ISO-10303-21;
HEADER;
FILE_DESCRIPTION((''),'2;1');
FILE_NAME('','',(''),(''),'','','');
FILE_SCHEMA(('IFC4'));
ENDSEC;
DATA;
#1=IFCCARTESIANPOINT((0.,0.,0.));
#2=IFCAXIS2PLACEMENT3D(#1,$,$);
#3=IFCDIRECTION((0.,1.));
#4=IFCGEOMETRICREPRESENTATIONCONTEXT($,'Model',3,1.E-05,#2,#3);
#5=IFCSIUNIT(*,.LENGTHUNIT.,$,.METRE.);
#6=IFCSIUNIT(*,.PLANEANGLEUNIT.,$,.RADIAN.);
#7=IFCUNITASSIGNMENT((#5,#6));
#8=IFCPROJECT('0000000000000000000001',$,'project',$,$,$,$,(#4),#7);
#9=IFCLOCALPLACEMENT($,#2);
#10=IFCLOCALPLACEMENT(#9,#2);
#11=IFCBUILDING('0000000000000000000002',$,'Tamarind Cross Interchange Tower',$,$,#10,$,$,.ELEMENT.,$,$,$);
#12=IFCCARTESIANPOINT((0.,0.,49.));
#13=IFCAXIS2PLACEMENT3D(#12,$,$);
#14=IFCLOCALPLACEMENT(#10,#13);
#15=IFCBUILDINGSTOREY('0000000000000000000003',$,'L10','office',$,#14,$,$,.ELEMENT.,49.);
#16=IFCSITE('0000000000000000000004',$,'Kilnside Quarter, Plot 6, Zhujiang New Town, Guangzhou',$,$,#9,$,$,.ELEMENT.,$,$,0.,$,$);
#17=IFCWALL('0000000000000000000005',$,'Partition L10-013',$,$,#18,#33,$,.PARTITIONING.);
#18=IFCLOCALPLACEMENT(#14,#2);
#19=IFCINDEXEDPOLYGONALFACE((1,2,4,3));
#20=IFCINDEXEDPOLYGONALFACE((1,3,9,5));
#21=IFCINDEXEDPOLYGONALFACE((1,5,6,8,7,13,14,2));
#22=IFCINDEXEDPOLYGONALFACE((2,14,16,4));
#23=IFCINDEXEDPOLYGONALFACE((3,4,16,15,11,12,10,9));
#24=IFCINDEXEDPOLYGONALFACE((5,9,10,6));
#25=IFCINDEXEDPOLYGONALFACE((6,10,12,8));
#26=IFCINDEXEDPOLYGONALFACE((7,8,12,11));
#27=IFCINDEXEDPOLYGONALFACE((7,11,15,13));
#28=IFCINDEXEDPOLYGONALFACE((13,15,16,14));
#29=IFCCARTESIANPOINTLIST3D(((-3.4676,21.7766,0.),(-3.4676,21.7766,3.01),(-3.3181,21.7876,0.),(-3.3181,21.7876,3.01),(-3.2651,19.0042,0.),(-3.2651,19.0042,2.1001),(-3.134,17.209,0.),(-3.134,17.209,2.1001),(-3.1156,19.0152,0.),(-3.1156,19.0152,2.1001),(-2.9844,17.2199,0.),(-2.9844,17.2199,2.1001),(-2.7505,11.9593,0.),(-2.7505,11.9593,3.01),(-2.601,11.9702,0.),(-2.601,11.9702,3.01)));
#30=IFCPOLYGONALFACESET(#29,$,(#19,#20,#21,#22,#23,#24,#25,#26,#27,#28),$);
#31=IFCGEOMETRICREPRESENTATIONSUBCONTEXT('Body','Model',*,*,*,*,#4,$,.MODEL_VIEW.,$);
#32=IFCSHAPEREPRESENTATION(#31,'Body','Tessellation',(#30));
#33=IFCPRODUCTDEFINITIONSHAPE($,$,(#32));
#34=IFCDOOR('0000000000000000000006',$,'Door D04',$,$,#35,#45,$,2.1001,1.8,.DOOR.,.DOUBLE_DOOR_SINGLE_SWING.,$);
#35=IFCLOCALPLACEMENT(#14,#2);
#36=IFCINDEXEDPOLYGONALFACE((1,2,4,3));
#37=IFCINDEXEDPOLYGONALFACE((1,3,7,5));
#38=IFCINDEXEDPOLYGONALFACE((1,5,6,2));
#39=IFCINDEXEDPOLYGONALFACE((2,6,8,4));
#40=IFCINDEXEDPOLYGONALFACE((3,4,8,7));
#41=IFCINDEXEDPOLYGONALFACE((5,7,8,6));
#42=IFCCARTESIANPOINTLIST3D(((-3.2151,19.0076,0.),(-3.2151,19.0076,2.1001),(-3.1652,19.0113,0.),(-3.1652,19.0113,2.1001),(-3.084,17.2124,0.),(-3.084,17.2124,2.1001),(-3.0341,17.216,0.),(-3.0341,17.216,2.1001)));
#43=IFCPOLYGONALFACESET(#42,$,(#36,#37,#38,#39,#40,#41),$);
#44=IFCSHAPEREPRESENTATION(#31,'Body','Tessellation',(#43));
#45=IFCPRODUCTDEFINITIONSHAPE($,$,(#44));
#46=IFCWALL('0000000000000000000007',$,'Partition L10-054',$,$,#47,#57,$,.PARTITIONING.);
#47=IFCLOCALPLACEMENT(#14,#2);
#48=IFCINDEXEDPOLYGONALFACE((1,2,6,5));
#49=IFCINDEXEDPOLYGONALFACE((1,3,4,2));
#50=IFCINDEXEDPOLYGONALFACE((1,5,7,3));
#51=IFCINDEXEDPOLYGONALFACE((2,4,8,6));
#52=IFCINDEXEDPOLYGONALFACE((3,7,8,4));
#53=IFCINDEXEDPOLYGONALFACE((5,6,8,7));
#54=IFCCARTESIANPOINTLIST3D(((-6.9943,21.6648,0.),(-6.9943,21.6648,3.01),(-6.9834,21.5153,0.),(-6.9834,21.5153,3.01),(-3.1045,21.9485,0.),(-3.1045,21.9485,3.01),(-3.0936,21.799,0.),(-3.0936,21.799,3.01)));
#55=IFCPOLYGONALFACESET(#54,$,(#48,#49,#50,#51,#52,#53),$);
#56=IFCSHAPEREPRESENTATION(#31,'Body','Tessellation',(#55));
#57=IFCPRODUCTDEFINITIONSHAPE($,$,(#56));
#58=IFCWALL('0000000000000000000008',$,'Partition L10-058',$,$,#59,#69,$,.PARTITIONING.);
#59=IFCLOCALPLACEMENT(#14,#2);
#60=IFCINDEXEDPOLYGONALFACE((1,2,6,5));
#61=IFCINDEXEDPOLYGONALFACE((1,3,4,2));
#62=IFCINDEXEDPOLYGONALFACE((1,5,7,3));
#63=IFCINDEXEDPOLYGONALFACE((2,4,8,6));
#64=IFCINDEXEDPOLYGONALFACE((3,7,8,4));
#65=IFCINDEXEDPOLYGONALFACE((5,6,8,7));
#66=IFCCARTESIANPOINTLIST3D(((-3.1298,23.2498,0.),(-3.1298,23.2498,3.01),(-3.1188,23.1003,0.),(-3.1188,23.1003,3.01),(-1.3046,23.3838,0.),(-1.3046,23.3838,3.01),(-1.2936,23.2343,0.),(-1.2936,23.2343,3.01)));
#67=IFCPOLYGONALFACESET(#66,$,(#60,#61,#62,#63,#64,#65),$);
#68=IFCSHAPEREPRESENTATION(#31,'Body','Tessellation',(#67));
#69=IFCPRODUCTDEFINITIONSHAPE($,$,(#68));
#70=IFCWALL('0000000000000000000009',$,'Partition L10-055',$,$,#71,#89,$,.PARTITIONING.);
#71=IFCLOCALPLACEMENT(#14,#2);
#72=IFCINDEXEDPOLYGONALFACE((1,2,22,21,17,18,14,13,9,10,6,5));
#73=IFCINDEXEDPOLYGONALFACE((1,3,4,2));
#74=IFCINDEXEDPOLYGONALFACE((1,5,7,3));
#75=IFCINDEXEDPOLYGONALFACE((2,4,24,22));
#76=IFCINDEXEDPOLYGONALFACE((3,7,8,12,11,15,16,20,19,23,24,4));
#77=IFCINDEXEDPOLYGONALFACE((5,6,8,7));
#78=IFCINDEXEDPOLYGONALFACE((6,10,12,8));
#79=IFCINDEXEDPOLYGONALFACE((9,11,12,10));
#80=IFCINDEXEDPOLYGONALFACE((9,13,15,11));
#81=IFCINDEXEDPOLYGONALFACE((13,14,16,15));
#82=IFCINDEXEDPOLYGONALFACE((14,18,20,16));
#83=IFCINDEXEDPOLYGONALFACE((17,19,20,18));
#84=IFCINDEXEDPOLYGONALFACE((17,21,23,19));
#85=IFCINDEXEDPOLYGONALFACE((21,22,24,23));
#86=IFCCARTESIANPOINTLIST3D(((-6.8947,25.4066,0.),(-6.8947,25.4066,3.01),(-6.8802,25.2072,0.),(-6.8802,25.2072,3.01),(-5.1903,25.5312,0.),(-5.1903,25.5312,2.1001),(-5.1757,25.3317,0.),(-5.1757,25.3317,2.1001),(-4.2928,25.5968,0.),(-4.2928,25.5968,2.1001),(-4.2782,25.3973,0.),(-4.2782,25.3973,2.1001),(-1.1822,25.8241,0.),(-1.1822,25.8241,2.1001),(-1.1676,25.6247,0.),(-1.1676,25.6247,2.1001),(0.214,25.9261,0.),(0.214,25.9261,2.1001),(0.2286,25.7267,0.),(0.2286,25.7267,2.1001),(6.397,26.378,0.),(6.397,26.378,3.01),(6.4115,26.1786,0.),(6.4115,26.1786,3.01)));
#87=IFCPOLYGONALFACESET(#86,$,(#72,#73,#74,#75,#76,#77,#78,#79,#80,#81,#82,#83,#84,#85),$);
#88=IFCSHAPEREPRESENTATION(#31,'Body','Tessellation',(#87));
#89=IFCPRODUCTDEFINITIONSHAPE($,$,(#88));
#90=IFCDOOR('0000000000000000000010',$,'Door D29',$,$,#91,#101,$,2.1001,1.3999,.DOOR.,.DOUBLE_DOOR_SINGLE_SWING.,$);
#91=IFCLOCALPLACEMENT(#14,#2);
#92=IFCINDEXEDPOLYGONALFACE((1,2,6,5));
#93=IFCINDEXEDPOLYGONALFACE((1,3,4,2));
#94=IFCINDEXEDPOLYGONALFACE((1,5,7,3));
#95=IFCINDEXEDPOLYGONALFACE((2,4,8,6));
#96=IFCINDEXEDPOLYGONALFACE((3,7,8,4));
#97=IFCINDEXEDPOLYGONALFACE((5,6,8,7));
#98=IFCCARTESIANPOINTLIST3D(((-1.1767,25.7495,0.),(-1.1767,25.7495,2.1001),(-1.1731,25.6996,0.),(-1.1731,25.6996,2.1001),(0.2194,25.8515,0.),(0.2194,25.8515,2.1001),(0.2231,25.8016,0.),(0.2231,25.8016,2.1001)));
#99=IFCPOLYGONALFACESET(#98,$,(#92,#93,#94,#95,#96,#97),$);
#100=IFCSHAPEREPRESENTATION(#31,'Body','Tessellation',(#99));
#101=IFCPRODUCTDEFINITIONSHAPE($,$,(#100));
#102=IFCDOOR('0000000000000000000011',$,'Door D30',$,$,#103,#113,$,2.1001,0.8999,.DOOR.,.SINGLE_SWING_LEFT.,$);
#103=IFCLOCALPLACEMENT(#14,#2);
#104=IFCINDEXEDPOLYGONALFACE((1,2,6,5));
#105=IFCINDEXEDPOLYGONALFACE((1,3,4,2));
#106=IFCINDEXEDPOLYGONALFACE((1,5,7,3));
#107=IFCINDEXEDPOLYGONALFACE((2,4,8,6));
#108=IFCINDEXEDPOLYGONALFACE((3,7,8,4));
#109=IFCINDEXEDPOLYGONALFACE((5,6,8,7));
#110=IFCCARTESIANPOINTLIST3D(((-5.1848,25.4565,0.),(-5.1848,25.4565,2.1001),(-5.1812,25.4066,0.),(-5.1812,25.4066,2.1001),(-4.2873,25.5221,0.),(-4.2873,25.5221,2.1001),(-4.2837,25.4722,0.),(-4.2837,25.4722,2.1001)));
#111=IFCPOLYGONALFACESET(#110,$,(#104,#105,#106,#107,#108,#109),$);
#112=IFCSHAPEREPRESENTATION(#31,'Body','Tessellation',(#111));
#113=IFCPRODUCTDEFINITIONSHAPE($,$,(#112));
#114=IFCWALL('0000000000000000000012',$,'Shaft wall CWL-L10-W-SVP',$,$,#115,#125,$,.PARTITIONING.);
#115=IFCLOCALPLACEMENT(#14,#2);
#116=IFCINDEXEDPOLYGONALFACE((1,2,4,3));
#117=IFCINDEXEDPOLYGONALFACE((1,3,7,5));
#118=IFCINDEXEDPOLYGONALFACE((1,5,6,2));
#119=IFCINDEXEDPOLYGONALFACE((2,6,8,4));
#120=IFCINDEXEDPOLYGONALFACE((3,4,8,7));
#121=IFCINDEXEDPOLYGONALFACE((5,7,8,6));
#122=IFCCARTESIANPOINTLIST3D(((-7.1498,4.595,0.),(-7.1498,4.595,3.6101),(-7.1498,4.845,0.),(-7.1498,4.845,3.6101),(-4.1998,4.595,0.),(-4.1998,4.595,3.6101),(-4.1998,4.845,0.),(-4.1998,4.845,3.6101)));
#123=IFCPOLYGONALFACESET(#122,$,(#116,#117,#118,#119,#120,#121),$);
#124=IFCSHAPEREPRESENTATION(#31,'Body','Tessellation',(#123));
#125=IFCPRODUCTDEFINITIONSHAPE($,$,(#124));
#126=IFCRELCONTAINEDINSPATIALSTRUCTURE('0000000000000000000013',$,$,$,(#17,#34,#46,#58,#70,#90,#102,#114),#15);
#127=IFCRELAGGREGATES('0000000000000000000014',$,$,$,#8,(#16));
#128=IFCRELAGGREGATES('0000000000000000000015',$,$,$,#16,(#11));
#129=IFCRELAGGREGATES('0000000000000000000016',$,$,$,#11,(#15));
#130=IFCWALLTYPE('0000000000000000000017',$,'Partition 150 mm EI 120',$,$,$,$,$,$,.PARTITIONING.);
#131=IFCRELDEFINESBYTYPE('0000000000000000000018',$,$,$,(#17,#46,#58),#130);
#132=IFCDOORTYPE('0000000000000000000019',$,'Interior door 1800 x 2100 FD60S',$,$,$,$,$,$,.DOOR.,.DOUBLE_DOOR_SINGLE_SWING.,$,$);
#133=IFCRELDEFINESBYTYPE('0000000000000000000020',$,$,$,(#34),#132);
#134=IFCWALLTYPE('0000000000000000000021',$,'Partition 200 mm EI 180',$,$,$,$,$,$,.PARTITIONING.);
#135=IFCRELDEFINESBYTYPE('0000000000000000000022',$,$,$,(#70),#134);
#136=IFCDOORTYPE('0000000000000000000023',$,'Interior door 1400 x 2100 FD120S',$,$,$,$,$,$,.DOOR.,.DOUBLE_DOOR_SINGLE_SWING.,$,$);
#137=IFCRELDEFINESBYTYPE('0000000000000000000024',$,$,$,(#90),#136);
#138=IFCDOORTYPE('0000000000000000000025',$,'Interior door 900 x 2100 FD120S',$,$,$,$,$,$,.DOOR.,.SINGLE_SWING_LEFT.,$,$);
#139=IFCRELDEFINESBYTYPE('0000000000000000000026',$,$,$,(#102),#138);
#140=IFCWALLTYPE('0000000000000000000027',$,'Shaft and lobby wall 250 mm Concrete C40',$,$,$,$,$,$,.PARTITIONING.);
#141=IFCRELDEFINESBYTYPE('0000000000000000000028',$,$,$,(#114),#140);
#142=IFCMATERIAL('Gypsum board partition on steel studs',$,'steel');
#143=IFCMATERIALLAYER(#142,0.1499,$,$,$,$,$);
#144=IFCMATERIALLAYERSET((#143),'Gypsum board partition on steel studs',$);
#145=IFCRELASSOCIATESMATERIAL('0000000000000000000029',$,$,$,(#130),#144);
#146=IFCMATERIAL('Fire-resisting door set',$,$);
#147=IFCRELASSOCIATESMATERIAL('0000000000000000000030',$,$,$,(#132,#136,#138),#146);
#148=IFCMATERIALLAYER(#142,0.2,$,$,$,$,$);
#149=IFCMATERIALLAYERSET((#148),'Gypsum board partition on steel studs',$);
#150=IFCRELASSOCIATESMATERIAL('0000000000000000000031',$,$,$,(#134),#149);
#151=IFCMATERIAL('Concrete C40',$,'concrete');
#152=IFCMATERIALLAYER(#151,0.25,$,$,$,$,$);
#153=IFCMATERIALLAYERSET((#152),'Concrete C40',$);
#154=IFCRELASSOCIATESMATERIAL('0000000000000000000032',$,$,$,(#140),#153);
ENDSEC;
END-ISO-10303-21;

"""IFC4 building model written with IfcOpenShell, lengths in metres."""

from ifc_helpers import new_model, si_unit, direction, frame, frame_2d, origin, place, context, subcontext, project, spatial, rectangle, extrude, material, layer, layer_set, type_object, element, fill, save


model = new_model("IFC4")

# Units and contexts
model_context = context("Model", 3, precision=1e-05, world=origin(), true_north=direction((0.0, 1.0)))
body_context = subcontext(model_context, "Body", "Model", "MODEL_VIEW")
ifc_project = project(units=[si_unit("LENGTHUNIT", "METRE"), si_unit("PLANEANGLEUNIT", "RADIAN")], contexts=[model_context])

# Site, building, storey
site_placement = place(None, origin())
site = spatial("IfcSite", under=ifc_project, at=site_placement, Name="Kilnside Quarter, Plot 6, Zhujiang New Town, Guangzhou", CompositionType="ELEMENT", RefElevation=0.0)
building_placement = place(site_placement, origin())
building = spatial("IfcBuilding", under=site, at=building_placement, Name="Tamarind Cross Interchange Tower", CompositionType="ELEMENT")
storey_placement = place(building_placement, frame((0.0, 0.0, 49.0)))
storey = spatial("IfcBuildingStorey", under=building, at=storey_placement, Name="L10", Description="office", CompositionType="ELEMENT", Elevation=49.0)

# Shared definitions
ifc_material_1 = material(Name="Gypsum board partition on steel studs", Category="steel")

# Wall, opening, door
ifc_layer_1 = layer(ifc_material_1, 0.1499)
ifc_layer_set_1 = layer_set([ifc_layer_1], Name="Gypsum board partition on steel studs")
wall_type_1 = type_object("IfcWallType", Name="Partition 150 mm EI 120", PredefinedType="PARTITIONING", material=ifc_layer_set_1)
wall_1_placement = place(storey_placement, frame((-3.3928, 21.7822, 0.0), z_axis=(0.0, 0.0, 1.0), x_axis=(0.072844, -0.997343, 0.0)))
wall_1 = element("IfcWall", 1, at=wall_1_placement, inside=storey, type_object=wall_type_1, Name="Partition L10-013", PredefinedType="PARTITIONING", context=body_context, shape_type="SweptSolid", body=[
    extrude(rectangle(XDim=9.8435, YDim=0.1499, at=frame_2d((4.9219, 0.0))), origin(), (0.0, 0.0, 1.0), 3.01),
])
opening_1_placement = place(wall_1_placement, frame((2.78, 0.0, 0.0)))
opening_1 = element("IfcOpeningElement", 2, at=opening_1_placement, cuts=wall_1, PredefinedType="OPENING", context=body_context, shape_type="SweptSolid", body=[
    extrude(rectangle(XDim=1.8, YDim=2.1001, at=frame_2d((0.8999, 1.05))), frame((0.0, 0.085, 0.0), z_axis=(0.0, -1.0, 0.0), x_axis=(1.0, 0.0, 0.0)), (0.0, 0.0, 1.0), 0.1699),
])
ifc_material_2 = material(Name="Fire-resisting door set")
door_type_1 = type_object("IfcDoorType", Name="Interior door 1800 x 2100 FD60S", OperationType="DOUBLE_DOOR_SINGLE_SWING", PredefinedType="DOOR", material=ifc_material_2)
door_1_placement = place(opening_1_placement, frame((1.8, 0.0, 0.0), z_axis=(0.0, 0.0, 1.0), x_axis=(-1.0, 0.0, 0.0)))
door_1 = element("IfcDoor", 3, at=door_1_placement, inside=storey, type_object=door_type_1, Name="Door D04", OperationType="DOUBLE_DOOR_SINGLE_SWING", OverallHeight=2.1001, OverallWidth=1.8, PredefinedType="DOOR", context=body_context, shape_type="SweptSolid", body=[
    extrude(rectangle(XDim=1.8, YDim=2.1001, at=frame_2d((0.8999, 1.05))), frame((0.0, 0.0249, 0.0), z_axis=(0.0, -1.0, 0.0), x_axis=(1.0, 0.0, 0.0)), (0.0, 0.0, 1.0), 0.05),
])
fill(opening_1, door_1)

# Walls
wall_2_placement = place(storey_placement, frame((-6.989, 21.5901, 0.0), z_axis=(0.0, 0.0, 1.0), x_axis=(0.997351, 0.072737, 0.0)))
element("IfcWall", 4, at=wall_2_placement, inside=storey, type_object=wall_type_1, Name="Partition L10-054", PredefinedType="PARTITIONING", context=body_context, shape_type="SweptSolid", body=[
    extrude(rectangle(XDim=3.9001, YDim=0.1499, at=frame_2d((1.9502, 0.0))), origin(), (0.0, 0.0, 1.0), 3.01),
])
wall_3_placement = place(storey_placement, frame((-3.1243, 23.175, 0.0), z_axis=(0.0, 0.0, 1.0), x_axis=(0.997315, 0.073238, 0.0)))
element("IfcWall", 5, at=wall_3_placement, inside=storey, type_object=wall_type_1, Name="Partition L10-058", PredefinedType="PARTITIONING", context=body_context, shape_type="SweptSolid", body=[
    extrude(rectangle(XDim=1.8301, YDim=0.1499, at=frame_2d((0.915, 0.0))), origin(), (0.0, 0.0, 1.0), 3.01),
])

# Wall, openings, doors
ifc_layer_2 = layer(ifc_material_1, 0.2)
ifc_layer_set_2 = layer_set([ifc_layer_2], Name="Gypsum board partition on steel studs")
wall_type_2 = type_object("IfcWallType", Name="Partition 200 mm EI 180", PredefinedType="PARTITIONING", material=ifc_layer_set_2)
wall_4_placement = place(storey_placement, frame((-6.8875, 25.3069, 0.0), z_axis=(0.0, 0.0, 1.0), x_axis=(0.99734, 0.072891, 0.0)))
wall_4 = element("IfcWall", 6, at=wall_4_placement, inside=storey, type_object=wall_type_2, Name="Partition L10-055", PredefinedType="PARTITIONING", context=body_context, shape_type="SweptSolid", body=[
    extrude(rectangle(XDim=13.3271, YDim=0.2, at=frame_2d((6.6636, 0.0))), origin(), (0.0, 0.0, 1.0), 3.01),
])
opening_2_placement = place(wall_4_placement, frame((5.7278, 0.0, 0.0)))
opening_2 = element("IfcOpeningElement", 7, at=opening_2_placement, cuts=wall_4, PredefinedType="OPENING", context=body_context, shape_type="SweptSolid", body=[
    extrude(rectangle(XDim=1.3999, YDim=2.1001, at=frame_2d((0.7, 1.05))), frame((0.0, 0.1099, 0.0), z_axis=(0.0, -1.0, 0.0), x_axis=(1.0, 0.0, 0.0)), (0.0, 0.0, 1.0), 0.22),
])
opening_3_placement = place(wall_4_placement, frame((1.709, 0.0, 0.0)))
opening_3 = element("IfcOpeningElement", 8, at=opening_3_placement, cuts=wall_4, PredefinedType="OPENING", context=body_context, shape_type="SweptSolid", body=[
    extrude(rectangle(XDim=0.8999, YDim=2.1001, at=frame_2d((0.45, 1.05))), frame((0.0, 0.1099, 0.0), z_axis=(0.0, -1.0, 0.0), x_axis=(1.0, 0.0, 0.0)), (0.0, 0.0, 1.0), 0.22),
])
door_type_2 = type_object("IfcDoorType", Name="Interior door 1400 x 2100 FD120S", OperationType="DOUBLE_DOOR_SINGLE_SWING", PredefinedType="DOOR", material=ifc_material_2)
door_2_placement = place(opening_2_placement, frame((1.3999, 0.0, 0.0), z_axis=(0.0, 0.0, 1.0), x_axis=(-1.0, 0.0, 0.0)))
door_2 = element("IfcDoor", 9, at=door_2_placement, inside=storey, type_object=door_type_2, Name="Door D29", OperationType="DOUBLE_DOOR_SINGLE_SWING", OverallHeight=2.1001, OverallWidth=1.3999, PredefinedType="DOOR", context=body_context, shape_type="SweptSolid", body=[
    extrude(rectangle(XDim=1.3999, YDim=2.1001, at=frame_2d((0.7, 1.05))), frame((0.0, 0.0249, 0.0), z_axis=(0.0, -1.0, 0.0), x_axis=(1.0, 0.0, 0.0)), (0.0, 0.0, 1.0), 0.05),
])
fill(opening_2, door_2)
door_type_3 = type_object("IfcDoorType", Name="Interior door 900 x 2100 FD120S", OperationType="SINGLE_SWING_LEFT", PredefinedType="DOOR", material=ifc_material_2)
door_3_placement = place(opening_3_placement, frame((0.8999, 0.0, 0.0), z_axis=(0.0, 0.0, 1.0), x_axis=(-1.0, 0.0, 0.0)))
door_3 = element("IfcDoor", 10, at=door_3_placement, inside=storey, type_object=door_type_3, Name="Door D30", OperationType="SINGLE_SWING_LEFT", OverallHeight=2.1001, OverallWidth=0.8999, PredefinedType="DOOR", context=body_context, shape_type="SweptSolid", body=[
    extrude(rectangle(XDim=0.8999, YDim=2.1001, at=frame_2d((0.45, 1.05))), frame((0.0, 0.0249, 0.0), z_axis=(0.0, -1.0, 0.0), x_axis=(1.0, 0.0, 0.0)), (0.0, 0.0, 1.0), 0.05),
])
fill(opening_3, door_3)

# Wall
ifc_material_3 = material(Name="Concrete C40", Category="concrete")
ifc_layer_3 = layer(ifc_material_3, 0.25)
ifc_layer_set_3 = layer_set([ifc_layer_3], Name="Concrete C40")
wall_type_3 = type_object("IfcWallType", Name="Shaft and lobby wall 250 mm Concrete C40", PredefinedType="PARTITIONING", material=ifc_layer_set_3)
wall_5_placement = place(storey_placement, frame((-7.1499, 4.72, 0.0), z_axis=(0.0, 0.0, 1.0), x_axis=(1.0, 0.0, 0.0)))
element("IfcWall", 11, at=wall_5_placement, inside=storey, type_object=wall_type_3, Name="Shaft wall CWL-L10-W-SVP", PredefinedType="PARTITIONING", context=body_context, shape_type="SweptSolid", body=[
    extrude(rectangle(XDim=2.95, YDim=0.25, at=frame_2d((1.4751, 0.0))), origin(), (0.0, 0.0, 1.0), 3.6101),
])

save(model, "model.ifc")
